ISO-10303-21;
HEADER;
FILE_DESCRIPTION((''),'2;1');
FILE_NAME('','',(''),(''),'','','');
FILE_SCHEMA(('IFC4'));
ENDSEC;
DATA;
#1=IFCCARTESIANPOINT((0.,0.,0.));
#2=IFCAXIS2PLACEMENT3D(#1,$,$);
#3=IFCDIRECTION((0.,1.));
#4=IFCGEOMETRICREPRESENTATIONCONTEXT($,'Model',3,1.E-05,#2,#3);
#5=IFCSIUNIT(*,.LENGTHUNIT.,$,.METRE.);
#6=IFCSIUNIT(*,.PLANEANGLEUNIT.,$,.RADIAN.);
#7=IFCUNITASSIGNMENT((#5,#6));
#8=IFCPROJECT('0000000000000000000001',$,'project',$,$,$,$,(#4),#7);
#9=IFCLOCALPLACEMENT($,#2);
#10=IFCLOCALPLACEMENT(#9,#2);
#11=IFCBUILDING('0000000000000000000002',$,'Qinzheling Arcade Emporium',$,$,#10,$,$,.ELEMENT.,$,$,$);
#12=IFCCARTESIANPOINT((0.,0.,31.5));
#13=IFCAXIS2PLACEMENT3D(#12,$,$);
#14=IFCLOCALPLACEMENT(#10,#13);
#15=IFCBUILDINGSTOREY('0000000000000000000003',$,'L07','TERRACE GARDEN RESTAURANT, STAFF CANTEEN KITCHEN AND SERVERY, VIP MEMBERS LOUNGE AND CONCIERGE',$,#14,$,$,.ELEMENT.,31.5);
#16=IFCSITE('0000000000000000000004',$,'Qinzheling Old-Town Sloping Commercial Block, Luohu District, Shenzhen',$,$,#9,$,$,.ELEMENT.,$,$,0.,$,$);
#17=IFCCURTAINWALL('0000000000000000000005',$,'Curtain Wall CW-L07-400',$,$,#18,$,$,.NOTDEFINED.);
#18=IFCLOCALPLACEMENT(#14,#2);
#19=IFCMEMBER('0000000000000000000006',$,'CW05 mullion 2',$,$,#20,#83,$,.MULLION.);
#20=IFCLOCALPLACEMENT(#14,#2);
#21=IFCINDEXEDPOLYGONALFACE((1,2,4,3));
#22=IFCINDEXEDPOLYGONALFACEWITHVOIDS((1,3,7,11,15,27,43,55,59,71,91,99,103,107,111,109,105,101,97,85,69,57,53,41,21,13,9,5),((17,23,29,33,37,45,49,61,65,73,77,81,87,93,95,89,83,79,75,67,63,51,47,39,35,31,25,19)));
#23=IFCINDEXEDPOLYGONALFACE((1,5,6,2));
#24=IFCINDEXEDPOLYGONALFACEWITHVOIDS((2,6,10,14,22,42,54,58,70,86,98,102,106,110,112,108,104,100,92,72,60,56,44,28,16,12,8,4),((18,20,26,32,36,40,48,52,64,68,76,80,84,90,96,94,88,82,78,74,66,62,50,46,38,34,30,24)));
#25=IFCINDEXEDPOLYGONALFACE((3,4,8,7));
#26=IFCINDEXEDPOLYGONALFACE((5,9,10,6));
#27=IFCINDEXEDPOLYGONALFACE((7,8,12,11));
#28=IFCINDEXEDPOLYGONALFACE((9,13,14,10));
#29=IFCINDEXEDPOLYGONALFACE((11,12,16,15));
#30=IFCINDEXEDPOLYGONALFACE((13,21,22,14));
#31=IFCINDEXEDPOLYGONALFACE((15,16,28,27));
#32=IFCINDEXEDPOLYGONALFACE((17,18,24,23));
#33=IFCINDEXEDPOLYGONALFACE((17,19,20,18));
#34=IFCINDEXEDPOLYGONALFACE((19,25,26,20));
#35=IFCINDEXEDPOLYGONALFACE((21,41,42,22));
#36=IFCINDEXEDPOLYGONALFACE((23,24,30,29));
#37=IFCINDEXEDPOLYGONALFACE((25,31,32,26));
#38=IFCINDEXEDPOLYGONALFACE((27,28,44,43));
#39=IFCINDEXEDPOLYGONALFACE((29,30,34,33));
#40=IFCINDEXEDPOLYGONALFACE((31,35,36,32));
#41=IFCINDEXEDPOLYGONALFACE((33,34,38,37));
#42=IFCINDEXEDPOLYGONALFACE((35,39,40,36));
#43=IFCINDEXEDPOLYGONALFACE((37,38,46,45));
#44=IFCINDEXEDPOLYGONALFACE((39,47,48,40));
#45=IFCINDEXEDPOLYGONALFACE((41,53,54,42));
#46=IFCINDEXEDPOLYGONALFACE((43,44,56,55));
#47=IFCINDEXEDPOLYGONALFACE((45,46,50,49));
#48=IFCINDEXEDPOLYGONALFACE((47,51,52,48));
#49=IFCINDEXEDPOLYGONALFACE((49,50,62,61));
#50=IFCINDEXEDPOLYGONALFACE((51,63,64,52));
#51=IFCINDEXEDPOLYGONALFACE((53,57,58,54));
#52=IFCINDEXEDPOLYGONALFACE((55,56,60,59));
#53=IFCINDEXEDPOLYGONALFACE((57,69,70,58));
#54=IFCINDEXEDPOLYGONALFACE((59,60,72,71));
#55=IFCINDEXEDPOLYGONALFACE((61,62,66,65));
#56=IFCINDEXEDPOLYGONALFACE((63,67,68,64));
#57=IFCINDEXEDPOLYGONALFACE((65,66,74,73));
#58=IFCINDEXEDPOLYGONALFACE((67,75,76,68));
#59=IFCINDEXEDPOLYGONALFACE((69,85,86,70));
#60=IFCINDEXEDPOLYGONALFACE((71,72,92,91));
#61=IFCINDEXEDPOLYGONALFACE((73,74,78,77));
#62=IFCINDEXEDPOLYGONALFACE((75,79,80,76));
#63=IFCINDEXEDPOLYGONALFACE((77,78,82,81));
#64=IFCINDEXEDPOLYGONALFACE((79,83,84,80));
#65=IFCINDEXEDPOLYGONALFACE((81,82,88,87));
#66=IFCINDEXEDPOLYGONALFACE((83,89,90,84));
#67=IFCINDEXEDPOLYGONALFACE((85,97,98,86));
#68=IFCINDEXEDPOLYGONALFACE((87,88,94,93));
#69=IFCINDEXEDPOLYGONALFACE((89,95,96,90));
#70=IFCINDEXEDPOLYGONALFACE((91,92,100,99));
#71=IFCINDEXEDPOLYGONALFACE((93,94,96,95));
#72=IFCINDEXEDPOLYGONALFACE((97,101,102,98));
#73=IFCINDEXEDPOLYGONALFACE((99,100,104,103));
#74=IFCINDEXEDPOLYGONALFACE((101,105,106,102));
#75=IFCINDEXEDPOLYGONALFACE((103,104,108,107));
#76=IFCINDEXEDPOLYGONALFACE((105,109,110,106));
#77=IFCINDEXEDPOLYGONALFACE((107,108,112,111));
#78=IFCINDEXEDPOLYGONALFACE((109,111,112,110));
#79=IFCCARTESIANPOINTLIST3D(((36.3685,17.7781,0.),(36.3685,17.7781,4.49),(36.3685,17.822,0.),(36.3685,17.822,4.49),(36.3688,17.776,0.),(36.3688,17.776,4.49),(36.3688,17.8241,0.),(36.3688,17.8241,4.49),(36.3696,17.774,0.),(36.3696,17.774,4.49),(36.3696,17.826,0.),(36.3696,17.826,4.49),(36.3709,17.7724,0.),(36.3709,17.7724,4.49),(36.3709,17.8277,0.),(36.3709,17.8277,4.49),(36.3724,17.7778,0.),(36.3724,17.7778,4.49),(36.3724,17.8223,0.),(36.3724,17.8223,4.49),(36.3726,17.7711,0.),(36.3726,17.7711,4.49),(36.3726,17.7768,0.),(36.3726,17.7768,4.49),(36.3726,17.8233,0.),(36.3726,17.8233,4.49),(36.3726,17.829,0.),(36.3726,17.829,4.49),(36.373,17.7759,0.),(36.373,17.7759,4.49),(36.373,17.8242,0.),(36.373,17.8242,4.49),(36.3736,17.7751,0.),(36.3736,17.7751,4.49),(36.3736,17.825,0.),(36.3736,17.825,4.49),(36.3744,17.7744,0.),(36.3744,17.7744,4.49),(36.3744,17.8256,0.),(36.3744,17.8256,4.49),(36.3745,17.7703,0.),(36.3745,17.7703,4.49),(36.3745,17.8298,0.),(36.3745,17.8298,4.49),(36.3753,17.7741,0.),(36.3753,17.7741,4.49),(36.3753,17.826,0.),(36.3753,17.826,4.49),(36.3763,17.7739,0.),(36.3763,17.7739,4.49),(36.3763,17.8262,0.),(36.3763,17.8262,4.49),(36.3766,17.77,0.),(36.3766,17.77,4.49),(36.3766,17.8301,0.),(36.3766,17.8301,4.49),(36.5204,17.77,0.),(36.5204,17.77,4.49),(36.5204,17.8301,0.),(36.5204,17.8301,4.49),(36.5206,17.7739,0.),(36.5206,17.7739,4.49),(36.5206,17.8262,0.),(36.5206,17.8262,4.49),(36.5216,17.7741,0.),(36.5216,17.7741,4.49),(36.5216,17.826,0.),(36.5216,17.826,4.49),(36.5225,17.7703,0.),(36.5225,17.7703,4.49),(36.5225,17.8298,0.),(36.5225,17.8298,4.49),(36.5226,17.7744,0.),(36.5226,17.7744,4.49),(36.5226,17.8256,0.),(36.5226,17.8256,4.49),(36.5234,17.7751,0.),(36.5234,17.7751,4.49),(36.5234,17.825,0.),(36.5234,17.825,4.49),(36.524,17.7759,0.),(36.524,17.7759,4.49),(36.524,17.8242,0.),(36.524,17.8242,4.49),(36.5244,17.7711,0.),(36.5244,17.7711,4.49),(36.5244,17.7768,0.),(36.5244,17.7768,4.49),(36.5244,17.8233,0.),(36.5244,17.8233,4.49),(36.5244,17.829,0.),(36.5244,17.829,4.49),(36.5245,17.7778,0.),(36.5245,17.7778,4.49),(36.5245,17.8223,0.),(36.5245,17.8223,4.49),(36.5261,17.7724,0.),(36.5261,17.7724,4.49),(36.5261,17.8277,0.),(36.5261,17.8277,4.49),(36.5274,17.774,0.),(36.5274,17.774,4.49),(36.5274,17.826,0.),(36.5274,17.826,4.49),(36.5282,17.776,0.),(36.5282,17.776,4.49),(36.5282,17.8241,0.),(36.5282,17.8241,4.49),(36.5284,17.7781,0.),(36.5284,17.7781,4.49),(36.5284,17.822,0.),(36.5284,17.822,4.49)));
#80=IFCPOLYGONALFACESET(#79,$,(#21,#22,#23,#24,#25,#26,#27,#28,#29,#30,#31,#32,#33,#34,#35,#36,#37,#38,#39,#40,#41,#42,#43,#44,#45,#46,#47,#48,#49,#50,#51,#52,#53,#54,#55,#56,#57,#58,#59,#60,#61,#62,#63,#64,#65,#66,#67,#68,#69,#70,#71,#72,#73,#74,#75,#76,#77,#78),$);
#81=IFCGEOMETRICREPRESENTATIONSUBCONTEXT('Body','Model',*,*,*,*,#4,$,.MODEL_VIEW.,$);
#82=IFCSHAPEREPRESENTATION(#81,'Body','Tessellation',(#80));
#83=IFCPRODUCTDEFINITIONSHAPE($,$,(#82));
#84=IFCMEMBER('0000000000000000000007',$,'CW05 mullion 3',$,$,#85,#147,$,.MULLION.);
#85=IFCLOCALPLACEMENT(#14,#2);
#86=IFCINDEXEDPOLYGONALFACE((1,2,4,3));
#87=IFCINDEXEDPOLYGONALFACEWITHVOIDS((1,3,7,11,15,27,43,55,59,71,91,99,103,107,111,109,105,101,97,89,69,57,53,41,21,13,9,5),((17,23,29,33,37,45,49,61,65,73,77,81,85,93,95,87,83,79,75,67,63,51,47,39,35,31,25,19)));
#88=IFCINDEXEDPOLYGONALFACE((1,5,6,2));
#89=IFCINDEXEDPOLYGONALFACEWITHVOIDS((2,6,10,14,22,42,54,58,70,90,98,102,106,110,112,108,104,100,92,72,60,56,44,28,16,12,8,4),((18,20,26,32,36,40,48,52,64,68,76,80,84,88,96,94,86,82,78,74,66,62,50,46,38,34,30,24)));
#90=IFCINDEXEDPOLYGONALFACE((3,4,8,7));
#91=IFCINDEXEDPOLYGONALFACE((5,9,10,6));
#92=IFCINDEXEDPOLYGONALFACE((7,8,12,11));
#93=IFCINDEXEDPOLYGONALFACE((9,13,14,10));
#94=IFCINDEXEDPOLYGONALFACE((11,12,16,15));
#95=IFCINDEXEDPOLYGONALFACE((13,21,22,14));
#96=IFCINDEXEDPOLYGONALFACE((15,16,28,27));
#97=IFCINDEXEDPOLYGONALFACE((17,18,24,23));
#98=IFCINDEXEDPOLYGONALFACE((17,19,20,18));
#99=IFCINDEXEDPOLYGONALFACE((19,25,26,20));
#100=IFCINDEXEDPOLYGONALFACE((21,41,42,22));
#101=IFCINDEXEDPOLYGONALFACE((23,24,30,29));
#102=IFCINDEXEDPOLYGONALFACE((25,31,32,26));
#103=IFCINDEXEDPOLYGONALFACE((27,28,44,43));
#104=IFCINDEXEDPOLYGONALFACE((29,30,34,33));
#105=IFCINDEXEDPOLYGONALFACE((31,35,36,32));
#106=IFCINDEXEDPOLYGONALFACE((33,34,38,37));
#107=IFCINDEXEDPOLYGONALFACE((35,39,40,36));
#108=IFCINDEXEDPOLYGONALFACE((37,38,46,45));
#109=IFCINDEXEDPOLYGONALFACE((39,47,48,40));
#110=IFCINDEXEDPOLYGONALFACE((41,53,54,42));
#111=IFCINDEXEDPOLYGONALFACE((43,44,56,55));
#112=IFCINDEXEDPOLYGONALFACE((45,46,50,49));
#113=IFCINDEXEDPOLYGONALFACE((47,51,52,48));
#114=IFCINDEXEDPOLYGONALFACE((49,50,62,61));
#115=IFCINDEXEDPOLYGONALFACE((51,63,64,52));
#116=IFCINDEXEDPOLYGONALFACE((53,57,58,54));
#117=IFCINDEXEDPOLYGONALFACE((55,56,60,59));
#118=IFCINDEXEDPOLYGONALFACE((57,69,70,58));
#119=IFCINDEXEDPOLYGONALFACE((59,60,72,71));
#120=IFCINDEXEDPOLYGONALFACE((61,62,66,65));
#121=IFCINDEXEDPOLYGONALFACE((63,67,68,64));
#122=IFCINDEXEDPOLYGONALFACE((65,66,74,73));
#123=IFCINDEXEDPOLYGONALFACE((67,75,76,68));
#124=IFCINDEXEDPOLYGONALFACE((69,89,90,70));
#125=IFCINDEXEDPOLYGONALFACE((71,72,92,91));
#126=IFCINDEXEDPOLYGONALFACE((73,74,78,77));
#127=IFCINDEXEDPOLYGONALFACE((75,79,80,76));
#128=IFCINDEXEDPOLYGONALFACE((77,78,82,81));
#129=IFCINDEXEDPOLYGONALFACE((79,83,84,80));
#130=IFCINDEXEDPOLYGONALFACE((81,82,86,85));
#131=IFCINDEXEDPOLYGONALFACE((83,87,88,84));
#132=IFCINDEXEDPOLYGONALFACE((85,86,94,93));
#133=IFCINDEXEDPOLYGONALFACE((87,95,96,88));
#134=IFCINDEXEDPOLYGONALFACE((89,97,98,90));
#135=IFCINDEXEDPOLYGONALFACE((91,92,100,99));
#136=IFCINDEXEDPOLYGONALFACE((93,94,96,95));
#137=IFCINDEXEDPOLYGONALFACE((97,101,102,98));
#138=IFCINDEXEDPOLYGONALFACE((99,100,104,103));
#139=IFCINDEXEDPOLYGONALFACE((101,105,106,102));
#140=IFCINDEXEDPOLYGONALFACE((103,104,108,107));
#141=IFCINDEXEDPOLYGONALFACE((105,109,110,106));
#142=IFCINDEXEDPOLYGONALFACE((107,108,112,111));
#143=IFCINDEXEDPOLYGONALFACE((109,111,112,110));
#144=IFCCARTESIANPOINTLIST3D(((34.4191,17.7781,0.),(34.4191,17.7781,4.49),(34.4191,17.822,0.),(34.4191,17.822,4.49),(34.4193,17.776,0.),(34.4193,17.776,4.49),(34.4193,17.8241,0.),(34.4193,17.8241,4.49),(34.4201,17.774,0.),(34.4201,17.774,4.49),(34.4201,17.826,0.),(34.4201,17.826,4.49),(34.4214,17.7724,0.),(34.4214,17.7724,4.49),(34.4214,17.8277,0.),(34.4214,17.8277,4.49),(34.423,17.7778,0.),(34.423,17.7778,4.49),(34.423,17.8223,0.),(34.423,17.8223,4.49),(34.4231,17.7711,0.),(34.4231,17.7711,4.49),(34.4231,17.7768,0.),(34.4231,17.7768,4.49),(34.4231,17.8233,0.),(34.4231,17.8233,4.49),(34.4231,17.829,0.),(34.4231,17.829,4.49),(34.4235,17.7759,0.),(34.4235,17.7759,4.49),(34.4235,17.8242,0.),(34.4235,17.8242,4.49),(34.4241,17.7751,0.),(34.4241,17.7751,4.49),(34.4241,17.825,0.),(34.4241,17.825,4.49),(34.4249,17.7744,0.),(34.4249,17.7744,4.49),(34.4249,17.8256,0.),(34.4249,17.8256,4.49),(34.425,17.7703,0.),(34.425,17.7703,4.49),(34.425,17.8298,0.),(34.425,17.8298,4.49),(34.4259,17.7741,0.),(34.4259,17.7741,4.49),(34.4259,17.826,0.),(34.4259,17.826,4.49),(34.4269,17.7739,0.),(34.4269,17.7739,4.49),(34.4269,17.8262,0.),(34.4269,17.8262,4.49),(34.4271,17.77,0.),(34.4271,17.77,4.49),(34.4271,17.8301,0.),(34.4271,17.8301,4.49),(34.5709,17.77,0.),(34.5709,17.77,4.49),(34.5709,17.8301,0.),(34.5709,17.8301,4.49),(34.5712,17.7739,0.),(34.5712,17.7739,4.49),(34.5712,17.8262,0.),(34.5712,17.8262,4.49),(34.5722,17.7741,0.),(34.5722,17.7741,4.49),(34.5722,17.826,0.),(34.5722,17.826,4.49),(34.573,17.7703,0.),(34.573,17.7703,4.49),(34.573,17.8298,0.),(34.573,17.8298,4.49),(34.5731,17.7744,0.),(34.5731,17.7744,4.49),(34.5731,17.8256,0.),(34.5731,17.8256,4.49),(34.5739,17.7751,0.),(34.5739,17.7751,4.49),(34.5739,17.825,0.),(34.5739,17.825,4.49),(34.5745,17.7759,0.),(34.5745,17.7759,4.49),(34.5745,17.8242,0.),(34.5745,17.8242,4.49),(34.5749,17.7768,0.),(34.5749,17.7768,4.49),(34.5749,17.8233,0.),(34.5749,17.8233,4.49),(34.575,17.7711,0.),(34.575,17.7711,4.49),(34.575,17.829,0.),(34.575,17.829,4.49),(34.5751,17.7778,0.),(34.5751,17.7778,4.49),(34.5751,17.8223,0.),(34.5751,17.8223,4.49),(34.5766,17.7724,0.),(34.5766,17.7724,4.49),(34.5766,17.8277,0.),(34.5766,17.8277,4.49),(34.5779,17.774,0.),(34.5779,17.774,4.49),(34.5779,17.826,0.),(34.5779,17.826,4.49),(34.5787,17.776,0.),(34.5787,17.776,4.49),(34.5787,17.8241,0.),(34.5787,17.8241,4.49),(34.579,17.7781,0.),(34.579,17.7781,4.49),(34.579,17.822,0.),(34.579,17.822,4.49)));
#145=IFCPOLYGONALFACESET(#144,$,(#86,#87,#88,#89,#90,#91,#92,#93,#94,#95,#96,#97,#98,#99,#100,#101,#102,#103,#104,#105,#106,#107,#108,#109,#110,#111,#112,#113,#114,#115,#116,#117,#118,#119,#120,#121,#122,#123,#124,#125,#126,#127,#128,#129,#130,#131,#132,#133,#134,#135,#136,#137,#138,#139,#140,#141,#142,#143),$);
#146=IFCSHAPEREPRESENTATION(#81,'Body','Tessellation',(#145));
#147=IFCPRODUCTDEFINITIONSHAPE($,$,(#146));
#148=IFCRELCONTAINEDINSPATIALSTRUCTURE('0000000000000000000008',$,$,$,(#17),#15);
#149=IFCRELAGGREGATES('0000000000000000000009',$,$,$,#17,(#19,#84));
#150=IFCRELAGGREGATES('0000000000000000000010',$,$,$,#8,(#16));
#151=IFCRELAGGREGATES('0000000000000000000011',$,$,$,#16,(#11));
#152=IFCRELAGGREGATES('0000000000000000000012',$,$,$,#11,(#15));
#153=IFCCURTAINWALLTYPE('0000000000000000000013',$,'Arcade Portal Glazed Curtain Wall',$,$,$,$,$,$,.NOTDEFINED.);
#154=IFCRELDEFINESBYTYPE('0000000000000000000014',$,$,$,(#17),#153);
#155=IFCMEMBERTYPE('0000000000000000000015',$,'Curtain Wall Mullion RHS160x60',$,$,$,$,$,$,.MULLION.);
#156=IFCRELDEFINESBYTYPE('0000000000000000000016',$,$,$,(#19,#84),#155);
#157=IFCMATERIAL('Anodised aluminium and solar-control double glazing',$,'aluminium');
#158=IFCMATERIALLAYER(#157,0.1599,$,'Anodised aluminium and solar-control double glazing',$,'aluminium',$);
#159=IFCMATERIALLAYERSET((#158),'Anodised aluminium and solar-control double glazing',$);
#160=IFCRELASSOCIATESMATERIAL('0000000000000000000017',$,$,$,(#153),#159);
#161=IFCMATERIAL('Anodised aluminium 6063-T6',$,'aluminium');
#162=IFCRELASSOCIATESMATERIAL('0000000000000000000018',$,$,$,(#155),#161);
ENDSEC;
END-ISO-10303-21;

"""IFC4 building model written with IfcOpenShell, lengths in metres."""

from ifc_helpers import new_model, si_unit, direction, frame, origin, origin_2d, place, context, subcontext, project, spatial, hollow_rectangle, extrude, material, layer, layer_set, material_profile, profile_set, type_object, element, aggregate, save


model = new_model("IFC4")

# Units and contexts
model_context = context("Model", 3, precision=1e-05, world=origin(), true_north=direction((0.0, 1.0)))
body_context = subcontext(model_context, "Body", "Model", "MODEL_VIEW")
ifc_project = project(units=[si_unit("LENGTHUNIT", "METRE"), si_unit("PLANEANGLEUNIT", "RADIAN")], contexts=[model_context])

# Site, building, storey
site_placement = place(None, origin())
site = spatial("IfcSite", under=ifc_project, at=site_placement, Name="Qinzheling Old-Town Sloping Commercial Block, Luohu District, Shenzhen", CompositionType="ELEMENT", RefElevation=0.0)
building_placement = place(site_placement, origin())
building = spatial("IfcBuilding", under=site, at=building_placement, Name="Qinzheling Arcade Emporium", CompositionType="ELEMENT")
storey_placement = place(building_placement, frame((0.0, 0.0, 31.5)))
storey = spatial("IfcBuildingStorey", under=building, at=storey_placement, Name="L07", Description="TERRACE GARDEN RESTAURANT, STAFF CANTEEN KITCHEN AND SERVERY, VIP MEMBERS LOUNGE AND CONCIERGE", CompositionType="ELEMENT", Elevation=31.5)

# Shared definitions
ifc_material_1 = material(Name="Anodised aluminium and solar-control double glazing", Category="aluminium")
ifc_layer_1 = layer(ifc_material_1, 0.1599, Name="Anodised aluminium and solar-control double glazing", Category="aluminium")
ifc_layer_set_1 = layer_set([ifc_layer_1], Name="Anodised aluminium and solar-control double glazing")
curtain_wall_type = type_object("IfcCurtainWallType", Name="Arcade Portal Glazed Curtain Wall", PredefinedType="NOTDEFINED", material=ifc_layer_set_1)
ifc_material_2 = material(Name="Anodised aluminium 6063-T6", Category="aluminium")
ifc_material_profile_1 = material_profile(ifc_material_2, hollow_rectangle(XDim=0.0601, YDim=0.1599, WallThickness=0.0039, InnerFilletRadius=0.0039, OuterFilletRadius=0.0081, at=origin_2d()), Name="RHS 160x60x4", Category="aluminium")
ifc_profile_set_1 = profile_set([ifc_material_profile_1], Name="Anodised aluminium 6063-T6")
member_type_1 = type_object("IfcMemberType", Name="Curtain Wall Mullion RHS160x60", PredefinedType="MULLION", material=ifc_profile_set_1)

# Curtain wall, members
curtain_wall_1_placement = place(storey_placement, origin())
curtain_wall_1 = element("IfcCurtainWall", 1, at=curtain_wall_1_placement, inside=storey, type_object=curtain_wall_type, Name="Curtain Wall CW-L07-400", PredefinedType="NOTDEFINED")
member_1_placement = place(storey_placement, frame((36.4485, 17.8, 0.0), z_axis=(0.0, 0.0, 1.0), x_axis=(0.0, -1.0, 0.0)))
member_1 = element("IfcMember", 2, at=member_1_placement, type_object=member_type_1, Name="CW05 mullion 2", PredefinedType="MULLION", context=body_context, shape_type="SweptSolid", body=[
    extrude(hollow_rectangle(XDim=0.0601, YDim=0.1599, WallThickness=0.0039, InnerFilletRadius=0.0039, OuterFilletRadius=0.0081, at=origin_2d()), origin(), (0.0, 0.0, 1.0), 4.49),
])
member_2_placement = place(storey_placement, frame((34.499, 17.8, 0.0), z_axis=(0.0, 0.0, 1.0), x_axis=(0.0, -1.0, 0.0)))
member_2 = element("IfcMember", 3, at=member_2_placement, type_object=member_type_1, Name="CW05 mullion 3", PredefinedType="MULLION", context=body_context, shape_type="SweptSolid", body=[
    extrude(hollow_rectangle(XDim=0.0601, YDim=0.1599, WallThickness=0.0039, InnerFilletRadius=0.0039, OuterFilletRadius=0.0081, at=origin_2d()), origin(), (0.0, 0.0, 1.0), 4.49),
])

aggregate(curtain_wall_1, [member_1, member_2])

save(model, "model.ifc")
